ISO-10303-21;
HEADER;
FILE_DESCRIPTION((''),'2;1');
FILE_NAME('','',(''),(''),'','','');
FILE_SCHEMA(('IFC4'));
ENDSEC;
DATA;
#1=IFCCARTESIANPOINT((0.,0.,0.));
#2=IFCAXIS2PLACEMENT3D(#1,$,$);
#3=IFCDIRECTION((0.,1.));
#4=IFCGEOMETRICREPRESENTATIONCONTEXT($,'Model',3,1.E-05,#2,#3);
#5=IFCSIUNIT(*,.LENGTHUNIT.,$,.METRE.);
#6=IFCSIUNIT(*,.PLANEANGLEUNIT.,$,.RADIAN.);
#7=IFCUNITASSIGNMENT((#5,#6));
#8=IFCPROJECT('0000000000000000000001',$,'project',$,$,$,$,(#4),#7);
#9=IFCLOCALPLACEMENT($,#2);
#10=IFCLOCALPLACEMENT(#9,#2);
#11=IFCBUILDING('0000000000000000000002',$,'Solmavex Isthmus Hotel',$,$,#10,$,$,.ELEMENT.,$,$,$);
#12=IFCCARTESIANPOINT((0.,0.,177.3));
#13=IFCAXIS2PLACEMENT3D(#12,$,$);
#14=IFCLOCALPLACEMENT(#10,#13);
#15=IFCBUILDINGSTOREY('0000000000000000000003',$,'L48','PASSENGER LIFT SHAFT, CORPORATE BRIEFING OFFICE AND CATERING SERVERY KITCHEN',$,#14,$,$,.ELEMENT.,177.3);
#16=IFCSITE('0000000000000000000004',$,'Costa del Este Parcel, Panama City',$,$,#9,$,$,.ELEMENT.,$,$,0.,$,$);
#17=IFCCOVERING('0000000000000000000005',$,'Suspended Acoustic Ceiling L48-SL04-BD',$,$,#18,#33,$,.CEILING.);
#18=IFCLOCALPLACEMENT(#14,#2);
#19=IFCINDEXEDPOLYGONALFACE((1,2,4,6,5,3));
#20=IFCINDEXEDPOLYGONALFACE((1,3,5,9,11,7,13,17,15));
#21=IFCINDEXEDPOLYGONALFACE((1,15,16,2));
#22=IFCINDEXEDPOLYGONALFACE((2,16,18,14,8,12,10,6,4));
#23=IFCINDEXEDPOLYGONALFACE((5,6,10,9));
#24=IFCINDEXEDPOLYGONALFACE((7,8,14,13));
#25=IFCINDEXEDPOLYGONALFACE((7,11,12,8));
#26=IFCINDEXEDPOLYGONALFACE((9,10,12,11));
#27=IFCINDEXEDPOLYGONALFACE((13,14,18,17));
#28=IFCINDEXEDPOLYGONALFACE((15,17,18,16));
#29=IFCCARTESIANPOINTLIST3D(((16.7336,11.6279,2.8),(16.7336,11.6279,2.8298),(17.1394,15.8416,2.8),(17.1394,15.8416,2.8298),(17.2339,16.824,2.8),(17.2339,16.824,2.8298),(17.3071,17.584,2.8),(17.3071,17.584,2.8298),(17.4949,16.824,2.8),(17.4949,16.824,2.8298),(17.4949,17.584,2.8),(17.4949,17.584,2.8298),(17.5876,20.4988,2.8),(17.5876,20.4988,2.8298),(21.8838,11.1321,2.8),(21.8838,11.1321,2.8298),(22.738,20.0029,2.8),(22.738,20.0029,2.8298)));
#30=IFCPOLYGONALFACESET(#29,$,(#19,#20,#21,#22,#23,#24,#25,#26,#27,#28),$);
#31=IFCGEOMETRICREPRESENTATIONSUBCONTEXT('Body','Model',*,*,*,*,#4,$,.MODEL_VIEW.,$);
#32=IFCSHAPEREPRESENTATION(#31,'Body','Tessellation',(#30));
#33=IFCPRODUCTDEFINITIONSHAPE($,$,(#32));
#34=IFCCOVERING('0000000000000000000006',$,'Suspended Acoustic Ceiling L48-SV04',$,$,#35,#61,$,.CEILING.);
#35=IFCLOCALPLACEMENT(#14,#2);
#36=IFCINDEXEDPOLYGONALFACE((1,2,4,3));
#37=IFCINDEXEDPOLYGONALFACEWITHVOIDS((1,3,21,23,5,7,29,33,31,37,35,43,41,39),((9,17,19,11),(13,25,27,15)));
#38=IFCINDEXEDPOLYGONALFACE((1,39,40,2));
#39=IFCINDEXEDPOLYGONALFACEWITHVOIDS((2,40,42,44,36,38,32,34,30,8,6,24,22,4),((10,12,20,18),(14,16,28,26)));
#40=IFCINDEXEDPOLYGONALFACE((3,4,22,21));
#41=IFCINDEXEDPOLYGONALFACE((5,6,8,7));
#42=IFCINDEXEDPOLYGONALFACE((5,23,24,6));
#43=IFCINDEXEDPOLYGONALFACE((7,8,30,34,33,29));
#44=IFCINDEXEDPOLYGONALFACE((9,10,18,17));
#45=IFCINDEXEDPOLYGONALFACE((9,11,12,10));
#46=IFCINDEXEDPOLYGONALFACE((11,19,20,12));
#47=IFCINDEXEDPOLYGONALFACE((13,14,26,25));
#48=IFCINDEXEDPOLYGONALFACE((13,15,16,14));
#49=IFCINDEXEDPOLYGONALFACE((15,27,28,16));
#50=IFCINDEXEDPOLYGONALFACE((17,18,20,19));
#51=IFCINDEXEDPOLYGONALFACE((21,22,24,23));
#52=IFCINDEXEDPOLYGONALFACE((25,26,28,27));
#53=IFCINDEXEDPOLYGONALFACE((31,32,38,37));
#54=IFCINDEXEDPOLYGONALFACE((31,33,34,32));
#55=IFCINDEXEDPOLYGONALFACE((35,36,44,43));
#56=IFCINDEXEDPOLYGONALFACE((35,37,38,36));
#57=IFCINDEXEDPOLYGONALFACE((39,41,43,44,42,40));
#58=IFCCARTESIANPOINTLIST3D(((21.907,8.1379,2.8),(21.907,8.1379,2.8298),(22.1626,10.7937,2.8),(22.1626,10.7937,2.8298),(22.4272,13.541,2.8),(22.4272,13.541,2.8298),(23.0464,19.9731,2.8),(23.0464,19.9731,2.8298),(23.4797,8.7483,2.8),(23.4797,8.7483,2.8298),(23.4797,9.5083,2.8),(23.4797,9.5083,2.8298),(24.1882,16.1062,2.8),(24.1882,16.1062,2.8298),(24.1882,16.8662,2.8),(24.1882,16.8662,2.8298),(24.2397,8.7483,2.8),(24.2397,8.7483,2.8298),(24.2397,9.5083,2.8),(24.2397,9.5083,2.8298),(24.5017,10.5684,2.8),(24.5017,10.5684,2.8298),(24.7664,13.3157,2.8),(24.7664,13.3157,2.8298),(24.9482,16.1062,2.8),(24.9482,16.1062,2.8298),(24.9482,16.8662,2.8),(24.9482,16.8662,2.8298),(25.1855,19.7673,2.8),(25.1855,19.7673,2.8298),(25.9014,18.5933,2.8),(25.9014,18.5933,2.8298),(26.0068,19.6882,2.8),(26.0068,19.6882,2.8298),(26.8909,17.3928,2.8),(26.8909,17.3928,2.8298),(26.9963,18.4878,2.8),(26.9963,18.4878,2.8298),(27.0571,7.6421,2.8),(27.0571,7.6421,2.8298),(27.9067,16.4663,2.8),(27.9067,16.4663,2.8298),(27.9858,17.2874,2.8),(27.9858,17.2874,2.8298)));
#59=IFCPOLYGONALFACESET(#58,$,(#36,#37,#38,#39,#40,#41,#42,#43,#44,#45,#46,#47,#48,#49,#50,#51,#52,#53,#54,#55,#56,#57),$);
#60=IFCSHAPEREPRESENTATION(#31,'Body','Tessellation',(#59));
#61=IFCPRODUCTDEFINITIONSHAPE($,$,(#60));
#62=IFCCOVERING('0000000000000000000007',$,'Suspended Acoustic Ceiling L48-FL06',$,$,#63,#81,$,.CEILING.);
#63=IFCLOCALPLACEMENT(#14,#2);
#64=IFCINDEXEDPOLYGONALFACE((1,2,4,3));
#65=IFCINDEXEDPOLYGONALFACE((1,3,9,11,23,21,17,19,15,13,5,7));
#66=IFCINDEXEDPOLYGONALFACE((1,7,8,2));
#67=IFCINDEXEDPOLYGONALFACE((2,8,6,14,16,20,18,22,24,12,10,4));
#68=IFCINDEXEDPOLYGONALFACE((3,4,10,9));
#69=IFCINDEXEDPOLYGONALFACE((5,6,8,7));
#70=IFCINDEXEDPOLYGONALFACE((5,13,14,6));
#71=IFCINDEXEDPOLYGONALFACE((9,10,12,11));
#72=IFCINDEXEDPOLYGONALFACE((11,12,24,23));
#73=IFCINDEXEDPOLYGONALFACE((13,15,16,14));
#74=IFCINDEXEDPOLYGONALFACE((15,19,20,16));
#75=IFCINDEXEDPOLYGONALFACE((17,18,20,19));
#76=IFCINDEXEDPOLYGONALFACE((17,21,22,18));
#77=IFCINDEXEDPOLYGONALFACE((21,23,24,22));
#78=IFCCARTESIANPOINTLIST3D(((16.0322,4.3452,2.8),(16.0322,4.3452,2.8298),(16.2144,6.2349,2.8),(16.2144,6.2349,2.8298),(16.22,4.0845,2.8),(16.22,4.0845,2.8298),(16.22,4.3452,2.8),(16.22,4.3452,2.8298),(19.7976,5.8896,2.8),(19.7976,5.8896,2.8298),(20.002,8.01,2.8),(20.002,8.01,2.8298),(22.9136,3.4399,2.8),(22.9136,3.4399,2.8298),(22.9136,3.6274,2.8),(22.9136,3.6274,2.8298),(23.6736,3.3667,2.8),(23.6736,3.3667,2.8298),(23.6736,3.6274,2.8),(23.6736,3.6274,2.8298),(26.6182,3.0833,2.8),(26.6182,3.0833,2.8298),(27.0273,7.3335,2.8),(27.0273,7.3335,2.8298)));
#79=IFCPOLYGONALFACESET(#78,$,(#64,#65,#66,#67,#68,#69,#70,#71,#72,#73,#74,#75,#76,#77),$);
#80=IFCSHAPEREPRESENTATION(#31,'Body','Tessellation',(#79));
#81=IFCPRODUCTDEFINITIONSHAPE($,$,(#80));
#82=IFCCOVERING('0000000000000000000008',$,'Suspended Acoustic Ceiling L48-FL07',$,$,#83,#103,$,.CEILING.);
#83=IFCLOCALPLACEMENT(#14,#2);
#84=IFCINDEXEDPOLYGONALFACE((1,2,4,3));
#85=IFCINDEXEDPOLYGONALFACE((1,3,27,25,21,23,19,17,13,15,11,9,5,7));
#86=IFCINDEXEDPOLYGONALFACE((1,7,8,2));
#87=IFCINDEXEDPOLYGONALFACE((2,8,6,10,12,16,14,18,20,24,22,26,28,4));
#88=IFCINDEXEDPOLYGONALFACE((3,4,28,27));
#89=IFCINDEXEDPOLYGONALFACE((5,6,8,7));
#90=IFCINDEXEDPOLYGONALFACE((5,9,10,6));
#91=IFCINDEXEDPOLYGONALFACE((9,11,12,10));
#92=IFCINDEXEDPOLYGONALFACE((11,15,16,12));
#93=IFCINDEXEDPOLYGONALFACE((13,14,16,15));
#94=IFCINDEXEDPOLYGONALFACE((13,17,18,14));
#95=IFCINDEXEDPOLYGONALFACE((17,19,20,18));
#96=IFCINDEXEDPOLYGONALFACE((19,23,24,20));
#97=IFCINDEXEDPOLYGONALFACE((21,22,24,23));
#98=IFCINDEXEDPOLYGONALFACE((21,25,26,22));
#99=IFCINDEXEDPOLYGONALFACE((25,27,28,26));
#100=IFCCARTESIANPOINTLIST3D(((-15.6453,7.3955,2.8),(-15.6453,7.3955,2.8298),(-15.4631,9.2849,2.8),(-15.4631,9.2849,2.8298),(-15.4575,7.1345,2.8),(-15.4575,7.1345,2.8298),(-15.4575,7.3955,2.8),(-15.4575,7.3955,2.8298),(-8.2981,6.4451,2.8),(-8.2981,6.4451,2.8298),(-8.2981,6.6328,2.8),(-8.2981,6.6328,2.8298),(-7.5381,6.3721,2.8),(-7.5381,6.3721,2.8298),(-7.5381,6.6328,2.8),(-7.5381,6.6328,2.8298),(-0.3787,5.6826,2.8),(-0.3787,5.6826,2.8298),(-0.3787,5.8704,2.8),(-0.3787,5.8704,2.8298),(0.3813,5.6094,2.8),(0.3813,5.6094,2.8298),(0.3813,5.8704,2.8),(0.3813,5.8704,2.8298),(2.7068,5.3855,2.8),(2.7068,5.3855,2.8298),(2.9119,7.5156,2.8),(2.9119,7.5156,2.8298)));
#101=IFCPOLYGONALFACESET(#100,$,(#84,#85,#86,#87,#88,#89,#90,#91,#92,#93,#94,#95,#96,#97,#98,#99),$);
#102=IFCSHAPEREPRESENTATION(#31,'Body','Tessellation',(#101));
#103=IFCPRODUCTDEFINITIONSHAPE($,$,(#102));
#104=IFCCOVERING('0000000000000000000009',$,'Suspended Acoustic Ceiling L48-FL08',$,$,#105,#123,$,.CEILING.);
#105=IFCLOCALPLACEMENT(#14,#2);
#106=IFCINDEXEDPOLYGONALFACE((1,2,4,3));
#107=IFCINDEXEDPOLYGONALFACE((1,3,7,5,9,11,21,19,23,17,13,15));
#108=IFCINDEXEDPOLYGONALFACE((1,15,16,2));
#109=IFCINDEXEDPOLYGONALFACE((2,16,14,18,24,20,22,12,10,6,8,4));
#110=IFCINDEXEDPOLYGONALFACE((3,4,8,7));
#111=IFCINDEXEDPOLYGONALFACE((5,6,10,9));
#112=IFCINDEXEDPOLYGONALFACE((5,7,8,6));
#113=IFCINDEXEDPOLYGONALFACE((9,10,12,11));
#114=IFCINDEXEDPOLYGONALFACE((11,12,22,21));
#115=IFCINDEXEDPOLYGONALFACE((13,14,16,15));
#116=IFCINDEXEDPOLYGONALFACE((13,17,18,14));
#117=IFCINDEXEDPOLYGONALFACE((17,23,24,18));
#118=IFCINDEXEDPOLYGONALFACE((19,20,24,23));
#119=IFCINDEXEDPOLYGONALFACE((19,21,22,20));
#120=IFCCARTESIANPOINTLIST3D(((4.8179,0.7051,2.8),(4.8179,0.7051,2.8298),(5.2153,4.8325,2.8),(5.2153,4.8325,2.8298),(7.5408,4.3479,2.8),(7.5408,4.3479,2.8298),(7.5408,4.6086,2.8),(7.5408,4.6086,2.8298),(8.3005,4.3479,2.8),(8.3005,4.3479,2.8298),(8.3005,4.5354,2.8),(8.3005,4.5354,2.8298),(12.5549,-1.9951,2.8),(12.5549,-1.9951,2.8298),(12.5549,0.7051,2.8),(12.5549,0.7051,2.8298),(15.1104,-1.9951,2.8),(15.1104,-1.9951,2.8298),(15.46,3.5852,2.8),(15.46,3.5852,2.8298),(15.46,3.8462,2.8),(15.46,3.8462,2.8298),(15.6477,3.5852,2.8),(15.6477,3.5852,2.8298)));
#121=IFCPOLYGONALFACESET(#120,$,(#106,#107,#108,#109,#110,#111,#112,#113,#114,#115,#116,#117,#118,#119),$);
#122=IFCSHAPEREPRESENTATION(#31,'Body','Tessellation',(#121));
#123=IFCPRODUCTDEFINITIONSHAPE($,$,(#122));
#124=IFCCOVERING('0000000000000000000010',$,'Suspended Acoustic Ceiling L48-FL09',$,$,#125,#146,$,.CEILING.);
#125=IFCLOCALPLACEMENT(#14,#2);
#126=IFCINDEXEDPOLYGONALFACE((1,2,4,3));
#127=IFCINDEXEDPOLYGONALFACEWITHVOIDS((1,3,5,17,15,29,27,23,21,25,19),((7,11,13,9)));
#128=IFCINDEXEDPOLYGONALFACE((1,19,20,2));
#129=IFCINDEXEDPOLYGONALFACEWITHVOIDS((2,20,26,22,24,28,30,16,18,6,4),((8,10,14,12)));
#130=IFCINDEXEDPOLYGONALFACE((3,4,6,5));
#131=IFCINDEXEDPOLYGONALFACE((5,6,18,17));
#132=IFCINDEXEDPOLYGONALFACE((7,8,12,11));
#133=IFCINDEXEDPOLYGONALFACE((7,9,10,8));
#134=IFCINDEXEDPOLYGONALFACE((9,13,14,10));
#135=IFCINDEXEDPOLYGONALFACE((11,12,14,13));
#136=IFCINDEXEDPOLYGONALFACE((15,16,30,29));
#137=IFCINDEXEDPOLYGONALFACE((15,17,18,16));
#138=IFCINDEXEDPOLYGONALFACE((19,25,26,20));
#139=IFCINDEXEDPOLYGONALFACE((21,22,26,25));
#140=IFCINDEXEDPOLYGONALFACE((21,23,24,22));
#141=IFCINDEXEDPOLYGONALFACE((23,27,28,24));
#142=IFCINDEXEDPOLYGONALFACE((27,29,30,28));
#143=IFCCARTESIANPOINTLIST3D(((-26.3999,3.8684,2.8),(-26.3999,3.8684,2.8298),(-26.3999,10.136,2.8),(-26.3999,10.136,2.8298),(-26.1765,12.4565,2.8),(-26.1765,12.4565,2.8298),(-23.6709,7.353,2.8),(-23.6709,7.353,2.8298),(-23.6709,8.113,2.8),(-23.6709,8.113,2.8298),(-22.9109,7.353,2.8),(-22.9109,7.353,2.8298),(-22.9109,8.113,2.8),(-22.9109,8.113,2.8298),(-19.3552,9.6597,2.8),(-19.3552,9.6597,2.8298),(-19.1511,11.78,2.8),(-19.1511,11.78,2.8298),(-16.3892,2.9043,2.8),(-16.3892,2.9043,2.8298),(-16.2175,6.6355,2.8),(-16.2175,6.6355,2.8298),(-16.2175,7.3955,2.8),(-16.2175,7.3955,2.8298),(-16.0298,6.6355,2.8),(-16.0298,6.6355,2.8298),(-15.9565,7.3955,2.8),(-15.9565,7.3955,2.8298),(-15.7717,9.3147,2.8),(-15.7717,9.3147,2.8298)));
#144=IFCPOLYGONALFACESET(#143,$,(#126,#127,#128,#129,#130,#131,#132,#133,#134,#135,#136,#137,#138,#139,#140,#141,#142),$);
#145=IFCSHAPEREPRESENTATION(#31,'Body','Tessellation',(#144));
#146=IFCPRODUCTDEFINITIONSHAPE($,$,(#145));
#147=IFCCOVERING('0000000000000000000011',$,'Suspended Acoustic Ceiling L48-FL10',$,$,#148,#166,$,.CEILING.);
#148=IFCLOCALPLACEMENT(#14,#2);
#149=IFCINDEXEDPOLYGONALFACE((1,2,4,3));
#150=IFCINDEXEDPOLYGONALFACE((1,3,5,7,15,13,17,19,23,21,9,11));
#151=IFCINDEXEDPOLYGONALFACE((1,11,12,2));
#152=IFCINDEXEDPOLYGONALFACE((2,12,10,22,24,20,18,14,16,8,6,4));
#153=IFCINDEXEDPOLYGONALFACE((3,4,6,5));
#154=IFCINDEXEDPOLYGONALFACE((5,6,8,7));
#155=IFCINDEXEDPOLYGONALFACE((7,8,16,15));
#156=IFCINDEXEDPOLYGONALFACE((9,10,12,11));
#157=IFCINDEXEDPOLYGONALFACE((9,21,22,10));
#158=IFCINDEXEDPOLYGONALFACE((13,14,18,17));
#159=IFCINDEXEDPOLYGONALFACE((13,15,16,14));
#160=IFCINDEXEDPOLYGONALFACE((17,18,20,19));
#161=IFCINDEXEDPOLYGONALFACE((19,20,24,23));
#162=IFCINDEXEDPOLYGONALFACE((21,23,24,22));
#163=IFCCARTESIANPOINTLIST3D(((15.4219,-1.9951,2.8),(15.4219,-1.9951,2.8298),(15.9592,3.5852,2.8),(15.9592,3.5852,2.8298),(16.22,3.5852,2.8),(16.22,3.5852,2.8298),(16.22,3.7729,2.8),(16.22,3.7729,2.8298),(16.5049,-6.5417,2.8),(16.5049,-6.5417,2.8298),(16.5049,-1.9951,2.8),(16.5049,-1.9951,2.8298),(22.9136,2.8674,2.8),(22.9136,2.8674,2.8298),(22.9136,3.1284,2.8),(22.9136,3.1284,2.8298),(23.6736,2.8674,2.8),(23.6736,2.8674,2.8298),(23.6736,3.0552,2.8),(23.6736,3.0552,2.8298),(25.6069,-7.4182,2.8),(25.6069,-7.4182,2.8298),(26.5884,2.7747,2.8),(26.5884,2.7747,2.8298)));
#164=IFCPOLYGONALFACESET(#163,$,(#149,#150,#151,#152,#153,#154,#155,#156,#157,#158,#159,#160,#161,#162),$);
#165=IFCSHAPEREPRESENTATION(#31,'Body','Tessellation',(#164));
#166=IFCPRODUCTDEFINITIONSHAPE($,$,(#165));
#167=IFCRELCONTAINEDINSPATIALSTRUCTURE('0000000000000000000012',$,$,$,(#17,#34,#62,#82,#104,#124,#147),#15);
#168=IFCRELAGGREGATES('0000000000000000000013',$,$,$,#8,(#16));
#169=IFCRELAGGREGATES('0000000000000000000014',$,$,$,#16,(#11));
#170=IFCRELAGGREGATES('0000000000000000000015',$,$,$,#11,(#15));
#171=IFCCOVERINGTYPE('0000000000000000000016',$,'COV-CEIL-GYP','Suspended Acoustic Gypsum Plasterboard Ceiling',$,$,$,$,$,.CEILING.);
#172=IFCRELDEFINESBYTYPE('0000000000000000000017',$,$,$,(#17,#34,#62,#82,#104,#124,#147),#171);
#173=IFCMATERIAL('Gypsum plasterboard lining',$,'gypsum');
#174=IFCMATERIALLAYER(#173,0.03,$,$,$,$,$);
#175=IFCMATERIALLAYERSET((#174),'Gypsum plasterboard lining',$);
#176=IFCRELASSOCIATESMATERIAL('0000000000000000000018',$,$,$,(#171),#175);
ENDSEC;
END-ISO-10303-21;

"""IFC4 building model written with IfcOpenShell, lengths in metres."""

from ifc_helpers import new_model, si_unit, direction, frame, origin, place, context, subcontext, project, spatial, polyline, outline, extrude, material, layer, layer_set, type_object, element, save


model = new_model("IFC4")

# Units and contexts
model_context = context("Model", 3, precision=1e-05, world=origin(), true_north=direction((0.0, 1.0)))
body_context = subcontext(model_context, "Body", "Model", "MODEL_VIEW")
ifc_project = project(units=[si_unit("LENGTHUNIT", "METRE"), si_unit("PLANEANGLEUNIT", "RADIAN")], contexts=[model_context])

# Site, building, storey
site_placement = place(None, origin())
site = spatial("IfcSite", under=ifc_project, at=site_placement, Name="Costa del Este Parcel, Panama City", CompositionType="ELEMENT", RefElevation=0.0)
building_placement = place(site_placement, origin())
building = spatial("IfcBuilding", under=site, at=building_placement, Name="Solmavex Isthmus Hotel", CompositionType="ELEMENT")
storey_placement = place(building_placement, frame((0.0, 0.0, 177.3)))
storey = spatial("IfcBuildingStorey", under=building, at=storey_placement, Name="L48", Description="PASSENGER LIFT SHAFT, CORPORATE BRIEFING OFFICE AND CATERING SERVERY KITCHEN", CompositionType="ELEMENT", Elevation=177.3)

# Shared definitions
ifc_material_1 = material(Name="Gypsum plasterboard lining", Category="gypsum")

# Coverings
ifc_layer_1 = layer(ifc_material_1, 0.03)
ifc_layer_set_1 = layer_set([ifc_layer_1], Name="Gypsum plasterboard lining")
covering_type_1 = type_object("IfcCoveringType", Name="COV-CEIL-GYP", Description="Suspended Acoustic Gypsum Plasterboard Ceiling", PredefinedType="CEILING", material=ifc_layer_set_1)
covering_1_placement = place(storey_placement, frame((0.0, 0.0, 2.8)))
element("IfcCovering", 1, at=covering_1_placement, inside=storey, type_object=covering_type_1, Name="Suspended Acoustic Ceiling L48-SL04-BD", PredefinedType="CEILING", context=body_context, shape_type="SweptSolid", body=[
    extrude(outline(polyline([(17.3071, 17.584), (17.4949, 17.584), (17.4949, 16.824), (17.2339, 16.824), (17.1394, 15.8416), (16.7336, 11.6279), (21.8838, 11.1321), (22.738, 20.0029), (17.5876, 20.4988), (17.3071, 17.584)])), origin(), (0.0, 0.0, 1.0), 0.0298),
])
covering_2_placement = place(storey_placement, frame((0.0, 0.0, 2.8)))
element("IfcCovering", 2, at=covering_2_placement, inside=storey, type_object=covering_type_1, Name="Suspended Acoustic Ceiling L48-SV04", PredefinedType="CEILING", context=body_context, shape_type="SweptSolid", body=[
    extrude(outline(polyline([(25.9014, 18.5933), (26.0068, 19.6882), (25.1855, 19.7673), (23.0464, 19.9731), (22.4272, 13.541), (24.7664, 13.3157), (24.5017, 10.5684), (22.1626, 10.7937), (21.907, 8.1379), (27.0571, 7.6421), (27.9067, 16.4663), (27.9858, 17.2874), (26.8909, 17.3928), (26.9963, 18.4878), (25.9014, 18.5933)]), holes=[polyline([(24.1882, 16.1062), (24.1882, 16.8662), (24.9482, 16.8662), (24.9482, 16.1062), (24.1882, 16.1062)]), polyline([(23.4797, 8.7483), (23.4797, 9.5083), (24.2397, 9.5083), (24.2397, 8.7483), (23.4797, 8.7483)])]), origin(), (0.0, 0.0, 1.0), 0.0298),
])
covering_3_placement = place(storey_placement, frame((0.0, 0.0, 2.8)))
element("IfcCovering", 3, at=covering_3_placement, inside=storey, type_object=covering_type_1, Name="Suspended Acoustic Ceiling L48-FL06", PredefinedType="CEILING", context=body_context, shape_type="SweptSolid", body=[
    extrude(outline(polyline([(22.9136, 3.4399), (22.9136, 3.6274), (23.6736, 3.6274), (23.6736, 3.3667), (26.6182, 3.0833), (27.0273, 7.3335), (20.002, 8.01), (19.7976, 5.8896), (16.2144, 6.2349), (16.0322, 4.3452), (16.22, 4.3452), (16.22, 4.0845), (22.9136, 3.4399)])), origin(), (0.0, 0.0, 1.0), 0.0298),
])
covering_4_placement = place(storey_placement, frame((0.0, 0.0, 2.8)))
element("IfcCovering", 4, at=covering_4_placement, inside=storey, type_object=covering_type_1, Name="Suspended Acoustic Ceiling L48-FL07", PredefinedType="CEILING", context=body_context, shape_type="SweptSolid", body=[
    extrude(outline(polyline([(-0.3787, 5.6826), (-0.3787, 5.8704), (0.3813, 5.8704), (0.3813, 5.6094), (2.7068, 5.3855), (2.9119, 7.5156), (-15.4631, 9.2849), (-15.6453, 7.3955), (-15.4575, 7.3955), (-15.4575, 7.1345), (-8.2981, 6.4451), (-8.2981, 6.6328), (-7.5381, 6.6328), (-7.5381, 6.3721), (-0.3787, 5.6826)])), origin(), (0.0, 0.0, 1.0), 0.0298),
])
covering_5_placement = place(storey_placement, frame((0.0, 0.0, 2.8)))
element("IfcCovering", 5, at=covering_5_placement, inside=storey, type_object=covering_type_1, Name="Suspended Acoustic Ceiling L48-FL08", PredefinedType="CEILING", context=body_context, shape_type="SweptSolid", body=[
    extrude(outline(polyline([(8.3005, 4.5354), (8.3005, 4.3479), (7.5408, 4.3479), (7.5408, 4.6086), (5.2153, 4.8325), (4.8179, 0.7051), (12.5549, 0.7051), (12.5549, -1.9951), (15.1104, -1.9951), (15.6477, 3.5852), (15.46, 3.5852), (15.46, 3.8462), (8.3005, 4.5354)])), origin(), (0.0, 0.0, 1.0), 0.0298),
])
covering_6_placement = place(storey_placement, frame((0.0, 0.0, 2.8)))
element("IfcCovering", 6, at=covering_6_placement, inside=storey, type_object=covering_type_1, Name="Suspended Acoustic Ceiling L48-FL09", PredefinedType="CEILING", context=body_context, shape_type="SweptSolid", body=[
    extrude(outline(polyline([(-16.0298, 6.6355), (-16.2175, 6.6355), (-16.2175, 7.3955), (-15.9565, 7.3955), (-15.7717, 9.3147), (-19.3552, 9.6597), (-19.1511, 11.78), (-26.1765, 12.4565), (-26.3999, 10.136), (-26.3999, 3.8684), (-16.3892, 2.9043), (-16.0298, 6.6355)]), holes=[polyline([(-23.6709, 7.353), (-23.6709, 8.113), (-22.9109, 8.113), (-22.9109, 7.353), (-23.6709, 7.353)])]), origin(), (0.0, 0.0, 1.0), 0.0298),
])
covering_7_placement = place(storey_placement, frame((0.0, 0.0, 2.8)))
element("IfcCovering", 7, at=covering_7_placement, inside=storey, type_object=covering_type_1, Name="Suspended Acoustic Ceiling L48-FL10", PredefinedType="CEILING", context=body_context, shape_type="SweptSolid", body=[
    extrude(outline(polyline([(16.22, 3.7729), (16.22, 3.5852), (15.9592, 3.5852), (15.4219, -1.9951), (16.5049, -1.9951), (16.5049, -6.5417), (25.6069, -7.4182), (26.5884, 2.7747), (23.6736, 3.0552), (23.6736, 2.8674), (22.9136, 2.8674), (22.9136, 3.1284), (16.22, 3.7729)])), origin(), (0.0, 0.0, 1.0), 0.0298),
])

save(model, "model.ifc")
